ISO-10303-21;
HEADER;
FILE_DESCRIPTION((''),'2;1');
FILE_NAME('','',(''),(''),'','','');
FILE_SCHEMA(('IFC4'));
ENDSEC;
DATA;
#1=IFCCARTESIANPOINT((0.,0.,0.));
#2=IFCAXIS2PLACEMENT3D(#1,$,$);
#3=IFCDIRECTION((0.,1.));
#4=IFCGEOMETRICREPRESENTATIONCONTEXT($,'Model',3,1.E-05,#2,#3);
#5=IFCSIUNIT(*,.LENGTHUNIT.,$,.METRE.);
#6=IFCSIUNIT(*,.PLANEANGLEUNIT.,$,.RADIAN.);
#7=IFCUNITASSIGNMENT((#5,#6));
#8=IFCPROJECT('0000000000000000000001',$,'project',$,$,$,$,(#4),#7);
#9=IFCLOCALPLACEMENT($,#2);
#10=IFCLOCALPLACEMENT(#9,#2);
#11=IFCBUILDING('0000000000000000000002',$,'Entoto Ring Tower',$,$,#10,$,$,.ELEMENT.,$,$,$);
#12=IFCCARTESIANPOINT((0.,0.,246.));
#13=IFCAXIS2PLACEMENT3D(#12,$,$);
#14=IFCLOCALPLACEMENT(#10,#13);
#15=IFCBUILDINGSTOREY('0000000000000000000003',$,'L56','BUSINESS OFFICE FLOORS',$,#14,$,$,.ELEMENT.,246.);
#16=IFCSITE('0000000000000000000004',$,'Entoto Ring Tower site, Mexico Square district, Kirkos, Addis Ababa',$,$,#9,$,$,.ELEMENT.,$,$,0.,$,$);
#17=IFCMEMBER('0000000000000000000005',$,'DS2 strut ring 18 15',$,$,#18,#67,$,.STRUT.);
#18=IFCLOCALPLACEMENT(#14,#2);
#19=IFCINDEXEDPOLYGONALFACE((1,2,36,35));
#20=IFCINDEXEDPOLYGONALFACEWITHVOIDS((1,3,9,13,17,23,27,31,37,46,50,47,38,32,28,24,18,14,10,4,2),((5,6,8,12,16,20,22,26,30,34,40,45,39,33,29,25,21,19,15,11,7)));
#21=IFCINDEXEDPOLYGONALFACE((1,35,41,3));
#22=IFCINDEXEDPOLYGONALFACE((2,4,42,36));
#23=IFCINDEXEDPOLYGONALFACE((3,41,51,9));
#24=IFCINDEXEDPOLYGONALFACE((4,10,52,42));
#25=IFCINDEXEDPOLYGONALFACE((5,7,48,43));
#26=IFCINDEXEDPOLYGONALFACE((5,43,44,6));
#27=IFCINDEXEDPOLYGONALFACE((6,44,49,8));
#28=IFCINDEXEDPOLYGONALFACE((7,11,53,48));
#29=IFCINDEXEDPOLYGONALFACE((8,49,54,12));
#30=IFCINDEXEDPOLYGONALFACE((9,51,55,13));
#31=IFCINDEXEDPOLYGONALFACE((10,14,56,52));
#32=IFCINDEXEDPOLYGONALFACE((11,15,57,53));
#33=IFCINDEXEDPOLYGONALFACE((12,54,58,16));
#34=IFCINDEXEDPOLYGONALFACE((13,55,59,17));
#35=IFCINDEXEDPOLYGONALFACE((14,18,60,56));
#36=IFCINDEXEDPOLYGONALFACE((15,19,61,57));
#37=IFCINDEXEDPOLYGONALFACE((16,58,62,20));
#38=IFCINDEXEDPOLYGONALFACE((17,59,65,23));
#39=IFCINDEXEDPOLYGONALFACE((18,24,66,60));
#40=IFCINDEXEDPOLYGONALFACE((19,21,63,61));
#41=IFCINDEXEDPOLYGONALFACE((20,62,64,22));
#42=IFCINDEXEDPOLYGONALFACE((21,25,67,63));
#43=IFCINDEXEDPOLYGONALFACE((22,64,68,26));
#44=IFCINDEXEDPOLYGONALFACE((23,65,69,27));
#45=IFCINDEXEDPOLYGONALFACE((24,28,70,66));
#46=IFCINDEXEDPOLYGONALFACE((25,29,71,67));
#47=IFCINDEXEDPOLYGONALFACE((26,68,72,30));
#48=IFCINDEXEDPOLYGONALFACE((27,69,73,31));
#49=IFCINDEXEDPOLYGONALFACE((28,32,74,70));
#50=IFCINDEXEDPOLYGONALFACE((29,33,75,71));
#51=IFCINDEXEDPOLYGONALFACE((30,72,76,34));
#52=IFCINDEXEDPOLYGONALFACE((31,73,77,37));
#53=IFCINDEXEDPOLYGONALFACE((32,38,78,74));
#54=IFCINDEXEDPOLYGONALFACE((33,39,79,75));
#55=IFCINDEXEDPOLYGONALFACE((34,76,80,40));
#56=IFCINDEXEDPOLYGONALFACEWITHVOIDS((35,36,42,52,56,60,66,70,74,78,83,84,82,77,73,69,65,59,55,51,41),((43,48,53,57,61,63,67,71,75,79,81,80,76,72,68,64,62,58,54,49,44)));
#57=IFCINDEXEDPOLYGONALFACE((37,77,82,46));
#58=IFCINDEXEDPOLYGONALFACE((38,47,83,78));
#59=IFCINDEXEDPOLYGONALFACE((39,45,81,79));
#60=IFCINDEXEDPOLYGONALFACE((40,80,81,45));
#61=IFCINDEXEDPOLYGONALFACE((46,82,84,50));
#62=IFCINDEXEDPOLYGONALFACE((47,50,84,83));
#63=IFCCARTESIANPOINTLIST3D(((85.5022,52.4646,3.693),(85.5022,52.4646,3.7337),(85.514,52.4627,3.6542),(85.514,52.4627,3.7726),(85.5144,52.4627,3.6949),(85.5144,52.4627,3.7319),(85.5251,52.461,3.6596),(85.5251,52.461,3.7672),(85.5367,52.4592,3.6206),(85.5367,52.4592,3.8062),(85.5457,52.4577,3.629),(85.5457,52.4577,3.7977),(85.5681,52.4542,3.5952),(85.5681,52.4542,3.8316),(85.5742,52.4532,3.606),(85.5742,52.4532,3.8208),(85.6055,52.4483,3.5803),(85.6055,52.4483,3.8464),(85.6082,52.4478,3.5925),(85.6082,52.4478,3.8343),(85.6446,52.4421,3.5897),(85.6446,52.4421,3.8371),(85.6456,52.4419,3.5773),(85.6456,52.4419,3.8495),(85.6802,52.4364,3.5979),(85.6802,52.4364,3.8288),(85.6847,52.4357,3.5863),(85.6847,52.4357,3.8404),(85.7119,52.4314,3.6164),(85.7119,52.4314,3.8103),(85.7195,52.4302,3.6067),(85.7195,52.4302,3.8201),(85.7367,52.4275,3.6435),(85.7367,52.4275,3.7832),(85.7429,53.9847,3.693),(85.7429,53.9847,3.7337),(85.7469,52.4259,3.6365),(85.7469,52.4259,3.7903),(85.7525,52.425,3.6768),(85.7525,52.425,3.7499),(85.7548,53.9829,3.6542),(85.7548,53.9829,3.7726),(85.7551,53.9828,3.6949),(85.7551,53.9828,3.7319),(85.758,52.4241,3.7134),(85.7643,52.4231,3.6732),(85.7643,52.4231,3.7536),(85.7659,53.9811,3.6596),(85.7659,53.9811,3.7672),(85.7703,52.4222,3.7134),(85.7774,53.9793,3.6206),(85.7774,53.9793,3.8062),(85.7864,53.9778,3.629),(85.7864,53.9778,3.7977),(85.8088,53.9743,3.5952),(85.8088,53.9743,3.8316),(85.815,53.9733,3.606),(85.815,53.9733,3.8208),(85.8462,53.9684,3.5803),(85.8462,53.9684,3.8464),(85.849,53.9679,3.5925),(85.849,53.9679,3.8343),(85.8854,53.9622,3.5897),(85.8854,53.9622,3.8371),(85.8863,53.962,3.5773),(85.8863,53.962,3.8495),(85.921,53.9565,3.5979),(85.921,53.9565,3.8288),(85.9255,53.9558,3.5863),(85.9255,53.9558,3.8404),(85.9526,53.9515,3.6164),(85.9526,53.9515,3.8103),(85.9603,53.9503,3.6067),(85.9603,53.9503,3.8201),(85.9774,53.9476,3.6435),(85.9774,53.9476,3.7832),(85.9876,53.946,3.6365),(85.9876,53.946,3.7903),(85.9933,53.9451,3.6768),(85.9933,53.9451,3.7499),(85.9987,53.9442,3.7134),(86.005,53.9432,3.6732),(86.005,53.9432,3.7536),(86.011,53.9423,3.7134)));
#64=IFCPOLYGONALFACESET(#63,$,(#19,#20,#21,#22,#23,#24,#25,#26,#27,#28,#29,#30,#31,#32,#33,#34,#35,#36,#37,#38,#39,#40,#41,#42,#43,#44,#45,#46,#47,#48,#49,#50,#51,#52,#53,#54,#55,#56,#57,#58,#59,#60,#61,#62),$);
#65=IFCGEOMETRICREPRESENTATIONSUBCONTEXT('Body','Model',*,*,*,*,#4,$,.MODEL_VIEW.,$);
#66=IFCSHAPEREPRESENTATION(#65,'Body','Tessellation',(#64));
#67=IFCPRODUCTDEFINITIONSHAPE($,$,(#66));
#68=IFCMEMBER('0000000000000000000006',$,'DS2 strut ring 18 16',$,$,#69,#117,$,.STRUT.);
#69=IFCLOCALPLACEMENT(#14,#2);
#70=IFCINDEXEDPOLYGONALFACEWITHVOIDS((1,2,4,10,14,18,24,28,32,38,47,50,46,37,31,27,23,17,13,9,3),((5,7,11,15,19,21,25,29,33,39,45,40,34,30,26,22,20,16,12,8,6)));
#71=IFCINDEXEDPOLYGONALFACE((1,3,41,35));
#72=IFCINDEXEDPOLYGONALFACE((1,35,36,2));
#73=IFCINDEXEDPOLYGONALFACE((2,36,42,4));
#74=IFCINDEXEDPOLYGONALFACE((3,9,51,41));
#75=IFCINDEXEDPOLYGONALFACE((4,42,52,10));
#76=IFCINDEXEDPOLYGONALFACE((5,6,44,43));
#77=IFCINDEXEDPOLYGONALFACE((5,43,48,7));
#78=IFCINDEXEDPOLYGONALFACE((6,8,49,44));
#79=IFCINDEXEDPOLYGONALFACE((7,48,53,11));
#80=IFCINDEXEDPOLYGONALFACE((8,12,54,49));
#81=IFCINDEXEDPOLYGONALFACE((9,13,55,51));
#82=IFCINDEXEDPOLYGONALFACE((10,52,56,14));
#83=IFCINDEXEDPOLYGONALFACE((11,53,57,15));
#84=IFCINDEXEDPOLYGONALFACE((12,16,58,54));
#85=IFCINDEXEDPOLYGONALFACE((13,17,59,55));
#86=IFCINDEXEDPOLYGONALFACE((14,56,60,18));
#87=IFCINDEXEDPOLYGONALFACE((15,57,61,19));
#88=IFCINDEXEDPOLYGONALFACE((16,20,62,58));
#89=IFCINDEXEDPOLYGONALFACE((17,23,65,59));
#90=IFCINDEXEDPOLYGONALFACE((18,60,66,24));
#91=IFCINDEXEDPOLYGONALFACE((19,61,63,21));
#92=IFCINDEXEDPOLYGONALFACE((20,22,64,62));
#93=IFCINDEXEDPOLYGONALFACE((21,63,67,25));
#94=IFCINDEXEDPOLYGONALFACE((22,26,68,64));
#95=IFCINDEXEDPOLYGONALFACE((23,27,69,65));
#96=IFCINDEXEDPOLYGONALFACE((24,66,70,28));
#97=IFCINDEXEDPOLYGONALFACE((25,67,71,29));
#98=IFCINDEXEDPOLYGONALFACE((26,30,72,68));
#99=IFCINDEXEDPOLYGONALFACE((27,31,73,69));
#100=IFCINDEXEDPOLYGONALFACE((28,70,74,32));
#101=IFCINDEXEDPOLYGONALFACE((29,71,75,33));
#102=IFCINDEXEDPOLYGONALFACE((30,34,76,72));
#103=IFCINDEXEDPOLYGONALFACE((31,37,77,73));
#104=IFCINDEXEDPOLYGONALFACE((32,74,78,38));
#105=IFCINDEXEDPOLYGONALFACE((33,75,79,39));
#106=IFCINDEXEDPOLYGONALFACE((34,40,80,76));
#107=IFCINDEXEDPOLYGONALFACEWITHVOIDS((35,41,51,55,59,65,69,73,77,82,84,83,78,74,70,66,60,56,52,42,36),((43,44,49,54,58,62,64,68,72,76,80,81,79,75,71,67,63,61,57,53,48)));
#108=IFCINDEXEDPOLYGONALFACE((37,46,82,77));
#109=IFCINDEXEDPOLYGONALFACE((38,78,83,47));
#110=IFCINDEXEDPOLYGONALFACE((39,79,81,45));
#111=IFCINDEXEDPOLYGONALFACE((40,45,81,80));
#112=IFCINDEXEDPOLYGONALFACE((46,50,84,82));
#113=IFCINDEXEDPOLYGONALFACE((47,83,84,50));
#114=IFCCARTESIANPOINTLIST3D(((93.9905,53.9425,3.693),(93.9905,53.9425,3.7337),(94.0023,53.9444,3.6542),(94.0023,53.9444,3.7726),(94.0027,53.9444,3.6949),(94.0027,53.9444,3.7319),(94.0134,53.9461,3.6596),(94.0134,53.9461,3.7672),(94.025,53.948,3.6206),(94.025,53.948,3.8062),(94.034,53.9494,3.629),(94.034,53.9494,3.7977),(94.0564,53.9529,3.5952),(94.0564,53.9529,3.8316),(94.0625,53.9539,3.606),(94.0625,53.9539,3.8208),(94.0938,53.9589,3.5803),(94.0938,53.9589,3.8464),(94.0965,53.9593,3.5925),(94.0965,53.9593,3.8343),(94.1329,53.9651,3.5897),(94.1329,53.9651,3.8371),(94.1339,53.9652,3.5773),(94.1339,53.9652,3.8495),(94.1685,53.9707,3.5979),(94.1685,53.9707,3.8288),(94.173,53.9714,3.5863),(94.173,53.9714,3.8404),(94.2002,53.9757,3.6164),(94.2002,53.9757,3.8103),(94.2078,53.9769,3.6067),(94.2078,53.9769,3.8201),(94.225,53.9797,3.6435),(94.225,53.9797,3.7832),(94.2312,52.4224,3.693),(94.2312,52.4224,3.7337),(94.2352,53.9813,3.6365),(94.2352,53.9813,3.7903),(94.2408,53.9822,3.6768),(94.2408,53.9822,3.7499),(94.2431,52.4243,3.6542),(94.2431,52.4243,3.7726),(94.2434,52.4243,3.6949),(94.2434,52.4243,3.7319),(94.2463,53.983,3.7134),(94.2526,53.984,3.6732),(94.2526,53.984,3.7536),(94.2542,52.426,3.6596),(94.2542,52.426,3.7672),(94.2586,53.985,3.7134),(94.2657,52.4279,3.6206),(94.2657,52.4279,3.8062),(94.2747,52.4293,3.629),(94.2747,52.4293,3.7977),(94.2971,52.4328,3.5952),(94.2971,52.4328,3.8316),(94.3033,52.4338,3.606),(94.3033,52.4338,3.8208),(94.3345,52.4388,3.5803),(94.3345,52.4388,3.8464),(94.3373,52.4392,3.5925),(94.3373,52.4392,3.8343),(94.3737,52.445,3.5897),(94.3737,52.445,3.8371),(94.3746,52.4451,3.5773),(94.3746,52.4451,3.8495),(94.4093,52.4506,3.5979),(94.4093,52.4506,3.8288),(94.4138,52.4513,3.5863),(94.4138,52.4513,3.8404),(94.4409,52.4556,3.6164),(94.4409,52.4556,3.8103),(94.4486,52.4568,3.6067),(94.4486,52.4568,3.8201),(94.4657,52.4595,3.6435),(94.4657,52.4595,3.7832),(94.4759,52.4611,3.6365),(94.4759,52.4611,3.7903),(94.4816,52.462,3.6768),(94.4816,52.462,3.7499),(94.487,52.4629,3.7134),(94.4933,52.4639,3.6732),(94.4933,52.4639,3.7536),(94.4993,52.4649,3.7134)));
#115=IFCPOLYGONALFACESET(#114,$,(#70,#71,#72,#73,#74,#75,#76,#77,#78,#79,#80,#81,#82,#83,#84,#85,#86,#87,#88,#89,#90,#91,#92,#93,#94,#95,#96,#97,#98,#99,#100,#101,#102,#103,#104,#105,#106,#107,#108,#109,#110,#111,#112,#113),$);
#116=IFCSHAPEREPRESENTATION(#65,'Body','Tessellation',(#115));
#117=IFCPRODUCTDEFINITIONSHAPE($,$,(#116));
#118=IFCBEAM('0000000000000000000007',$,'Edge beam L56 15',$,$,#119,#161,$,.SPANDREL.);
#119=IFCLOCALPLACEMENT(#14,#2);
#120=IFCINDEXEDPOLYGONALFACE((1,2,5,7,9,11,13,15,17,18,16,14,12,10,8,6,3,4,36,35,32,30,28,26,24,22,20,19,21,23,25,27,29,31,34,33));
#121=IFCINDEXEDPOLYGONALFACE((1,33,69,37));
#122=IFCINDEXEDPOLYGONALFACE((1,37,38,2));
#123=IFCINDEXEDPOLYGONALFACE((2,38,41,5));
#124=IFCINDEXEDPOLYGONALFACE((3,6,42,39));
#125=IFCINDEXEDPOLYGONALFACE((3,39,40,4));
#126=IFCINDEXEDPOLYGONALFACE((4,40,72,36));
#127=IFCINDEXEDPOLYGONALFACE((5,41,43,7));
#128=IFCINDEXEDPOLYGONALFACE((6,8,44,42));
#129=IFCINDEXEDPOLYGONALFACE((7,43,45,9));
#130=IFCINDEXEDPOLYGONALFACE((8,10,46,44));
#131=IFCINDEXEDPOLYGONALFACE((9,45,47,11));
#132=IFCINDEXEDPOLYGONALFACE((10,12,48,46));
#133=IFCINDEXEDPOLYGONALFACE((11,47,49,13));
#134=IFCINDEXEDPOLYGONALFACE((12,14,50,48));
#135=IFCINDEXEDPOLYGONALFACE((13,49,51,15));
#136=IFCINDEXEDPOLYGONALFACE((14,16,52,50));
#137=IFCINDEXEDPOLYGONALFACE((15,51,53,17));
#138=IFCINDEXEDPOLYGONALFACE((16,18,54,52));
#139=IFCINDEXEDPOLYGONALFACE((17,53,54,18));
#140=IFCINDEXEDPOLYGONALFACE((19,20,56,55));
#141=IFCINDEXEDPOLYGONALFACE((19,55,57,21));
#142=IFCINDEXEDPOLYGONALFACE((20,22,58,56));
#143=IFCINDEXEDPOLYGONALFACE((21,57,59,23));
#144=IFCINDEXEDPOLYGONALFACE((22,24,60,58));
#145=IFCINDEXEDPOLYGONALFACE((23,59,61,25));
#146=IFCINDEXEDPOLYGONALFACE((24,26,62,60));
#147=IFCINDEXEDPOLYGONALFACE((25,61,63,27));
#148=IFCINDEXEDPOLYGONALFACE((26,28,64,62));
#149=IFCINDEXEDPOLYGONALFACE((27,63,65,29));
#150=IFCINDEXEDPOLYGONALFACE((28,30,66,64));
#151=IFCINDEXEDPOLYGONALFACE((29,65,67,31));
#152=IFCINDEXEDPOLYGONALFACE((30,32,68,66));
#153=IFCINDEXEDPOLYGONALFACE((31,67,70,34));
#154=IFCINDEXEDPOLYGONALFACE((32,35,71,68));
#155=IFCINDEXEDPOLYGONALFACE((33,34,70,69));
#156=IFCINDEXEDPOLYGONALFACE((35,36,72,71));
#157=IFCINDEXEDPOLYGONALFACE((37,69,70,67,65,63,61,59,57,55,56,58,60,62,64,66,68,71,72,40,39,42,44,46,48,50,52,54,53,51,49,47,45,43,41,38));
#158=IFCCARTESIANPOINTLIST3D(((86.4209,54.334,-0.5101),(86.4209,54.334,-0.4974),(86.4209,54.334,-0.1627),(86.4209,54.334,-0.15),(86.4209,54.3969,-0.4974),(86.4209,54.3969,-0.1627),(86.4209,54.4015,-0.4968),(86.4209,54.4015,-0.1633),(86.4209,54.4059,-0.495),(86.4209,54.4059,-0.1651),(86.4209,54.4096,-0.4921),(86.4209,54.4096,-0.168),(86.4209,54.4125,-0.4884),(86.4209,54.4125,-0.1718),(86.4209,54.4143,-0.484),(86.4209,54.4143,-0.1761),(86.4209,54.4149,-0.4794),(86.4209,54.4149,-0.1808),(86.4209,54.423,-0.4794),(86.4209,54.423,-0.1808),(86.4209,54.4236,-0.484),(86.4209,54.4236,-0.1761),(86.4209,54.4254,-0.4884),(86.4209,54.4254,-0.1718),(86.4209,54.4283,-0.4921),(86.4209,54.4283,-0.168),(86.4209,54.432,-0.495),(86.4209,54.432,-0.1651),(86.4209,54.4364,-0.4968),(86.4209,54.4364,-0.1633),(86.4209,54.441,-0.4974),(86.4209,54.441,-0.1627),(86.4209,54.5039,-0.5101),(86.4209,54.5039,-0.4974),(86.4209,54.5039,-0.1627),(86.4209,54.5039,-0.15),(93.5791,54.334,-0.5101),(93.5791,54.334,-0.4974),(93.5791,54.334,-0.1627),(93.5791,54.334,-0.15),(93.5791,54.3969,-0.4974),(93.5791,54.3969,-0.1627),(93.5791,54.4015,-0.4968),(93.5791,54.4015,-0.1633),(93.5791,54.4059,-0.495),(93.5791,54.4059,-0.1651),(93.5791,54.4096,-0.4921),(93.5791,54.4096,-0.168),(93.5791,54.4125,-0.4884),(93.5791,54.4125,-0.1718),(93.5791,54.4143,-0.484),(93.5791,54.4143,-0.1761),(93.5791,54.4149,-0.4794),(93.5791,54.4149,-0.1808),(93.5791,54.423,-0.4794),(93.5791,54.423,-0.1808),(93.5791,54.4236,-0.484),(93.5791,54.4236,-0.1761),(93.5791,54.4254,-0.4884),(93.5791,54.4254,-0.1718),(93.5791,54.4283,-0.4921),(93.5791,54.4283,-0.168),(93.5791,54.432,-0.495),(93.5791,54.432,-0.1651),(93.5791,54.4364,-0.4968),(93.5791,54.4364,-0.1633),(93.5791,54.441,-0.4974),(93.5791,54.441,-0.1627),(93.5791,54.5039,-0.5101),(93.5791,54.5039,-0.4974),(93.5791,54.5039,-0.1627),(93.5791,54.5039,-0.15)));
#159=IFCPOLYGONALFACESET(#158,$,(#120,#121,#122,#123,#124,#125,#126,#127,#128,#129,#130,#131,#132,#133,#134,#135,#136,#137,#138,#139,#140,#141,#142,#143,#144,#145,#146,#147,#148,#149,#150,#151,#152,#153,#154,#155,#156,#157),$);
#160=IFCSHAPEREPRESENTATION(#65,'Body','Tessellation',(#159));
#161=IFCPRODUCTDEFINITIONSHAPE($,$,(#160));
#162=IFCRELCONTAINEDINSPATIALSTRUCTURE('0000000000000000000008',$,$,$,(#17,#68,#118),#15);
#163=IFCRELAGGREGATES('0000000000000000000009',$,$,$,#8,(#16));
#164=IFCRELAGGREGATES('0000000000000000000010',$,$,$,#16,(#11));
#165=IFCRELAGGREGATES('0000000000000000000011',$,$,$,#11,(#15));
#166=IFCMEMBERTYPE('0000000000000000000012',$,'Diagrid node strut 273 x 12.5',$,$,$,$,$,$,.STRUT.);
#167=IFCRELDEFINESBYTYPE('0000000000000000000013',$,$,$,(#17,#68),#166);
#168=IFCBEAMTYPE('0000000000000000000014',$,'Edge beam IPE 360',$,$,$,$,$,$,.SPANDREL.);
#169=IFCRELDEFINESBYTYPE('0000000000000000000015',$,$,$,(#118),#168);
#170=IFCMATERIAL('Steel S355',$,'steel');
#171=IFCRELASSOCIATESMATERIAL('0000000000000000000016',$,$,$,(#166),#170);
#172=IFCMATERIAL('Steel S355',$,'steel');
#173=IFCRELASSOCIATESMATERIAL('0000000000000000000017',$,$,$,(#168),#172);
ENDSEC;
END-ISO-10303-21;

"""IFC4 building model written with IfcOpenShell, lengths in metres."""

from ifc_helpers import new_model, si_unit, direction, frame, origin, origin_2d, place, context, subcontext, project, spatial, circle, hollow_circle, i_section, extrude, material, material_profile, profile_set, type_object, element, save


model = new_model("IFC4")

# Units and contexts
model_context = context("Model", 3, precision=1e-05, world=origin(), true_north=direction((0.0, 1.0)))
body_context = subcontext(model_context, "Body", "Model", "MODEL_VIEW")
ifc_project = project(units=[si_unit("LENGTHUNIT", "METRE"), si_unit("PLANEANGLEUNIT", "RADIAN")], contexts=[model_context])

# Site, building, storey
site_placement = place(None, origin())
site = spatial("IfcSite", under=ifc_project, at=site_placement, Name="Entoto Ring Tower site, Mexico Square district, Kirkos, Addis Ababa", CompositionType="ELEMENT", RefElevation=0.0)
building_placement = place(site_placement, origin())
building = spatial("IfcBuilding", under=site, at=building_placement, Name="Entoto Ring Tower", CompositionType="ELEMENT")
storey_placement = place(building_placement, frame((0.0, 0.0, 246.0)))
storey = spatial("IfcBuildingStorey", under=building, at=storey_placement, Name="L56", Description="BUSINESS OFFICE FLOORS", CompositionType="ELEMENT", Elevation=246.0)

# Members
ifc_material_1 = material(Name="Steel S355", Category="steel")
ifc_material_profile_1 = material_profile(ifc_material_1, hollow_circle(Radius=0.1365, WallThickness=0.0125, at=origin_2d()), Name="CHS 273 x 12.5")
ifc_material_2 = material(Name="Concrete C60/75", Category="concrete")
ifc_material_profile_2 = material_profile(ifc_material_2, circle(Radius=0.124, at=origin_2d()), Name="Concrete C60/75 infill")
ifc_profile_set_1 = profile_set([ifc_material_profile_1, ifc_material_profile_2], Name="Steel S355")
member_type = type_object("IfcMemberType", Name="Diagrid node strut 273 x 12.5", PredefinedType="STRUT", material=ifc_profile_set_1)
for number, where, z_axis, x_axis, name in (
    (1, (85.8762, 53.9636, 3.7134), (-0.156419, -0.987691, 0.0), (0.987691, -0.156419, 0.0), "DS2 strut ring 18 15"),
    (2, (94.1238, 53.9636, 3.7134), (0.156419, -0.987691, 0.0), (0.987691, 0.156419, 0.0), "DS2 strut ring 18 16"),
):
    element("IfcMember", number, at=place(storey_placement, frame(where, z_axis=z_axis, x_axis=x_axis)), inside=storey, type_object=member_type, Name=name, PredefinedType="STRUT", context=body_context, shape_type="SweptSolid", body=[
        extrude(hollow_circle(Radius=0.1365, WallThickness=0.0125, at=origin_2d()), origin(), (0.0, 0.0, 1.0), 1.5391),
    ])

# Beam
ifc_material_3 = material(Name="Steel S355", Category="steel")
ifc_material_profile_3 = material_profile(ifc_material_3, i_section(OverallWidth=0.1699, OverallDepth=0.3601, WebThickness=0.0081, FlangeThickness=0.0127, FilletRadius=0.0181, at=origin_2d()), Name="IPE 360")
ifc_profile_set_2 = profile_set([ifc_material_profile_3], Name="Steel S355")
beam_type_1 = type_object("IfcBeamType", Name="Edge beam IPE 360", PredefinedType="SPANDREL", material=ifc_profile_set_2)
beam_1_placement = place(storey_placement, frame((86.4209, 54.4189, -0.3301), z_axis=(1.0, 0.0, 0.0), x_axis=(0.0, 1.0, 0.0)))
element("IfcBeam", 3, at=beam_1_placement, inside=storey, type_object=beam_type_1, Name="Edge beam L56 15", PredefinedType="SPANDREL", context=body_context, shape_type="SweptSolid", body=[
    extrude(i_section(OverallWidth=0.1699, OverallDepth=0.3601, WebThickness=0.0081, FlangeThickness=0.0127, FilletRadius=0.0181, at=origin_2d()), origin(), (0.0, 0.0, 1.0), 7.1582),
])

save(model, "model.ifc")
